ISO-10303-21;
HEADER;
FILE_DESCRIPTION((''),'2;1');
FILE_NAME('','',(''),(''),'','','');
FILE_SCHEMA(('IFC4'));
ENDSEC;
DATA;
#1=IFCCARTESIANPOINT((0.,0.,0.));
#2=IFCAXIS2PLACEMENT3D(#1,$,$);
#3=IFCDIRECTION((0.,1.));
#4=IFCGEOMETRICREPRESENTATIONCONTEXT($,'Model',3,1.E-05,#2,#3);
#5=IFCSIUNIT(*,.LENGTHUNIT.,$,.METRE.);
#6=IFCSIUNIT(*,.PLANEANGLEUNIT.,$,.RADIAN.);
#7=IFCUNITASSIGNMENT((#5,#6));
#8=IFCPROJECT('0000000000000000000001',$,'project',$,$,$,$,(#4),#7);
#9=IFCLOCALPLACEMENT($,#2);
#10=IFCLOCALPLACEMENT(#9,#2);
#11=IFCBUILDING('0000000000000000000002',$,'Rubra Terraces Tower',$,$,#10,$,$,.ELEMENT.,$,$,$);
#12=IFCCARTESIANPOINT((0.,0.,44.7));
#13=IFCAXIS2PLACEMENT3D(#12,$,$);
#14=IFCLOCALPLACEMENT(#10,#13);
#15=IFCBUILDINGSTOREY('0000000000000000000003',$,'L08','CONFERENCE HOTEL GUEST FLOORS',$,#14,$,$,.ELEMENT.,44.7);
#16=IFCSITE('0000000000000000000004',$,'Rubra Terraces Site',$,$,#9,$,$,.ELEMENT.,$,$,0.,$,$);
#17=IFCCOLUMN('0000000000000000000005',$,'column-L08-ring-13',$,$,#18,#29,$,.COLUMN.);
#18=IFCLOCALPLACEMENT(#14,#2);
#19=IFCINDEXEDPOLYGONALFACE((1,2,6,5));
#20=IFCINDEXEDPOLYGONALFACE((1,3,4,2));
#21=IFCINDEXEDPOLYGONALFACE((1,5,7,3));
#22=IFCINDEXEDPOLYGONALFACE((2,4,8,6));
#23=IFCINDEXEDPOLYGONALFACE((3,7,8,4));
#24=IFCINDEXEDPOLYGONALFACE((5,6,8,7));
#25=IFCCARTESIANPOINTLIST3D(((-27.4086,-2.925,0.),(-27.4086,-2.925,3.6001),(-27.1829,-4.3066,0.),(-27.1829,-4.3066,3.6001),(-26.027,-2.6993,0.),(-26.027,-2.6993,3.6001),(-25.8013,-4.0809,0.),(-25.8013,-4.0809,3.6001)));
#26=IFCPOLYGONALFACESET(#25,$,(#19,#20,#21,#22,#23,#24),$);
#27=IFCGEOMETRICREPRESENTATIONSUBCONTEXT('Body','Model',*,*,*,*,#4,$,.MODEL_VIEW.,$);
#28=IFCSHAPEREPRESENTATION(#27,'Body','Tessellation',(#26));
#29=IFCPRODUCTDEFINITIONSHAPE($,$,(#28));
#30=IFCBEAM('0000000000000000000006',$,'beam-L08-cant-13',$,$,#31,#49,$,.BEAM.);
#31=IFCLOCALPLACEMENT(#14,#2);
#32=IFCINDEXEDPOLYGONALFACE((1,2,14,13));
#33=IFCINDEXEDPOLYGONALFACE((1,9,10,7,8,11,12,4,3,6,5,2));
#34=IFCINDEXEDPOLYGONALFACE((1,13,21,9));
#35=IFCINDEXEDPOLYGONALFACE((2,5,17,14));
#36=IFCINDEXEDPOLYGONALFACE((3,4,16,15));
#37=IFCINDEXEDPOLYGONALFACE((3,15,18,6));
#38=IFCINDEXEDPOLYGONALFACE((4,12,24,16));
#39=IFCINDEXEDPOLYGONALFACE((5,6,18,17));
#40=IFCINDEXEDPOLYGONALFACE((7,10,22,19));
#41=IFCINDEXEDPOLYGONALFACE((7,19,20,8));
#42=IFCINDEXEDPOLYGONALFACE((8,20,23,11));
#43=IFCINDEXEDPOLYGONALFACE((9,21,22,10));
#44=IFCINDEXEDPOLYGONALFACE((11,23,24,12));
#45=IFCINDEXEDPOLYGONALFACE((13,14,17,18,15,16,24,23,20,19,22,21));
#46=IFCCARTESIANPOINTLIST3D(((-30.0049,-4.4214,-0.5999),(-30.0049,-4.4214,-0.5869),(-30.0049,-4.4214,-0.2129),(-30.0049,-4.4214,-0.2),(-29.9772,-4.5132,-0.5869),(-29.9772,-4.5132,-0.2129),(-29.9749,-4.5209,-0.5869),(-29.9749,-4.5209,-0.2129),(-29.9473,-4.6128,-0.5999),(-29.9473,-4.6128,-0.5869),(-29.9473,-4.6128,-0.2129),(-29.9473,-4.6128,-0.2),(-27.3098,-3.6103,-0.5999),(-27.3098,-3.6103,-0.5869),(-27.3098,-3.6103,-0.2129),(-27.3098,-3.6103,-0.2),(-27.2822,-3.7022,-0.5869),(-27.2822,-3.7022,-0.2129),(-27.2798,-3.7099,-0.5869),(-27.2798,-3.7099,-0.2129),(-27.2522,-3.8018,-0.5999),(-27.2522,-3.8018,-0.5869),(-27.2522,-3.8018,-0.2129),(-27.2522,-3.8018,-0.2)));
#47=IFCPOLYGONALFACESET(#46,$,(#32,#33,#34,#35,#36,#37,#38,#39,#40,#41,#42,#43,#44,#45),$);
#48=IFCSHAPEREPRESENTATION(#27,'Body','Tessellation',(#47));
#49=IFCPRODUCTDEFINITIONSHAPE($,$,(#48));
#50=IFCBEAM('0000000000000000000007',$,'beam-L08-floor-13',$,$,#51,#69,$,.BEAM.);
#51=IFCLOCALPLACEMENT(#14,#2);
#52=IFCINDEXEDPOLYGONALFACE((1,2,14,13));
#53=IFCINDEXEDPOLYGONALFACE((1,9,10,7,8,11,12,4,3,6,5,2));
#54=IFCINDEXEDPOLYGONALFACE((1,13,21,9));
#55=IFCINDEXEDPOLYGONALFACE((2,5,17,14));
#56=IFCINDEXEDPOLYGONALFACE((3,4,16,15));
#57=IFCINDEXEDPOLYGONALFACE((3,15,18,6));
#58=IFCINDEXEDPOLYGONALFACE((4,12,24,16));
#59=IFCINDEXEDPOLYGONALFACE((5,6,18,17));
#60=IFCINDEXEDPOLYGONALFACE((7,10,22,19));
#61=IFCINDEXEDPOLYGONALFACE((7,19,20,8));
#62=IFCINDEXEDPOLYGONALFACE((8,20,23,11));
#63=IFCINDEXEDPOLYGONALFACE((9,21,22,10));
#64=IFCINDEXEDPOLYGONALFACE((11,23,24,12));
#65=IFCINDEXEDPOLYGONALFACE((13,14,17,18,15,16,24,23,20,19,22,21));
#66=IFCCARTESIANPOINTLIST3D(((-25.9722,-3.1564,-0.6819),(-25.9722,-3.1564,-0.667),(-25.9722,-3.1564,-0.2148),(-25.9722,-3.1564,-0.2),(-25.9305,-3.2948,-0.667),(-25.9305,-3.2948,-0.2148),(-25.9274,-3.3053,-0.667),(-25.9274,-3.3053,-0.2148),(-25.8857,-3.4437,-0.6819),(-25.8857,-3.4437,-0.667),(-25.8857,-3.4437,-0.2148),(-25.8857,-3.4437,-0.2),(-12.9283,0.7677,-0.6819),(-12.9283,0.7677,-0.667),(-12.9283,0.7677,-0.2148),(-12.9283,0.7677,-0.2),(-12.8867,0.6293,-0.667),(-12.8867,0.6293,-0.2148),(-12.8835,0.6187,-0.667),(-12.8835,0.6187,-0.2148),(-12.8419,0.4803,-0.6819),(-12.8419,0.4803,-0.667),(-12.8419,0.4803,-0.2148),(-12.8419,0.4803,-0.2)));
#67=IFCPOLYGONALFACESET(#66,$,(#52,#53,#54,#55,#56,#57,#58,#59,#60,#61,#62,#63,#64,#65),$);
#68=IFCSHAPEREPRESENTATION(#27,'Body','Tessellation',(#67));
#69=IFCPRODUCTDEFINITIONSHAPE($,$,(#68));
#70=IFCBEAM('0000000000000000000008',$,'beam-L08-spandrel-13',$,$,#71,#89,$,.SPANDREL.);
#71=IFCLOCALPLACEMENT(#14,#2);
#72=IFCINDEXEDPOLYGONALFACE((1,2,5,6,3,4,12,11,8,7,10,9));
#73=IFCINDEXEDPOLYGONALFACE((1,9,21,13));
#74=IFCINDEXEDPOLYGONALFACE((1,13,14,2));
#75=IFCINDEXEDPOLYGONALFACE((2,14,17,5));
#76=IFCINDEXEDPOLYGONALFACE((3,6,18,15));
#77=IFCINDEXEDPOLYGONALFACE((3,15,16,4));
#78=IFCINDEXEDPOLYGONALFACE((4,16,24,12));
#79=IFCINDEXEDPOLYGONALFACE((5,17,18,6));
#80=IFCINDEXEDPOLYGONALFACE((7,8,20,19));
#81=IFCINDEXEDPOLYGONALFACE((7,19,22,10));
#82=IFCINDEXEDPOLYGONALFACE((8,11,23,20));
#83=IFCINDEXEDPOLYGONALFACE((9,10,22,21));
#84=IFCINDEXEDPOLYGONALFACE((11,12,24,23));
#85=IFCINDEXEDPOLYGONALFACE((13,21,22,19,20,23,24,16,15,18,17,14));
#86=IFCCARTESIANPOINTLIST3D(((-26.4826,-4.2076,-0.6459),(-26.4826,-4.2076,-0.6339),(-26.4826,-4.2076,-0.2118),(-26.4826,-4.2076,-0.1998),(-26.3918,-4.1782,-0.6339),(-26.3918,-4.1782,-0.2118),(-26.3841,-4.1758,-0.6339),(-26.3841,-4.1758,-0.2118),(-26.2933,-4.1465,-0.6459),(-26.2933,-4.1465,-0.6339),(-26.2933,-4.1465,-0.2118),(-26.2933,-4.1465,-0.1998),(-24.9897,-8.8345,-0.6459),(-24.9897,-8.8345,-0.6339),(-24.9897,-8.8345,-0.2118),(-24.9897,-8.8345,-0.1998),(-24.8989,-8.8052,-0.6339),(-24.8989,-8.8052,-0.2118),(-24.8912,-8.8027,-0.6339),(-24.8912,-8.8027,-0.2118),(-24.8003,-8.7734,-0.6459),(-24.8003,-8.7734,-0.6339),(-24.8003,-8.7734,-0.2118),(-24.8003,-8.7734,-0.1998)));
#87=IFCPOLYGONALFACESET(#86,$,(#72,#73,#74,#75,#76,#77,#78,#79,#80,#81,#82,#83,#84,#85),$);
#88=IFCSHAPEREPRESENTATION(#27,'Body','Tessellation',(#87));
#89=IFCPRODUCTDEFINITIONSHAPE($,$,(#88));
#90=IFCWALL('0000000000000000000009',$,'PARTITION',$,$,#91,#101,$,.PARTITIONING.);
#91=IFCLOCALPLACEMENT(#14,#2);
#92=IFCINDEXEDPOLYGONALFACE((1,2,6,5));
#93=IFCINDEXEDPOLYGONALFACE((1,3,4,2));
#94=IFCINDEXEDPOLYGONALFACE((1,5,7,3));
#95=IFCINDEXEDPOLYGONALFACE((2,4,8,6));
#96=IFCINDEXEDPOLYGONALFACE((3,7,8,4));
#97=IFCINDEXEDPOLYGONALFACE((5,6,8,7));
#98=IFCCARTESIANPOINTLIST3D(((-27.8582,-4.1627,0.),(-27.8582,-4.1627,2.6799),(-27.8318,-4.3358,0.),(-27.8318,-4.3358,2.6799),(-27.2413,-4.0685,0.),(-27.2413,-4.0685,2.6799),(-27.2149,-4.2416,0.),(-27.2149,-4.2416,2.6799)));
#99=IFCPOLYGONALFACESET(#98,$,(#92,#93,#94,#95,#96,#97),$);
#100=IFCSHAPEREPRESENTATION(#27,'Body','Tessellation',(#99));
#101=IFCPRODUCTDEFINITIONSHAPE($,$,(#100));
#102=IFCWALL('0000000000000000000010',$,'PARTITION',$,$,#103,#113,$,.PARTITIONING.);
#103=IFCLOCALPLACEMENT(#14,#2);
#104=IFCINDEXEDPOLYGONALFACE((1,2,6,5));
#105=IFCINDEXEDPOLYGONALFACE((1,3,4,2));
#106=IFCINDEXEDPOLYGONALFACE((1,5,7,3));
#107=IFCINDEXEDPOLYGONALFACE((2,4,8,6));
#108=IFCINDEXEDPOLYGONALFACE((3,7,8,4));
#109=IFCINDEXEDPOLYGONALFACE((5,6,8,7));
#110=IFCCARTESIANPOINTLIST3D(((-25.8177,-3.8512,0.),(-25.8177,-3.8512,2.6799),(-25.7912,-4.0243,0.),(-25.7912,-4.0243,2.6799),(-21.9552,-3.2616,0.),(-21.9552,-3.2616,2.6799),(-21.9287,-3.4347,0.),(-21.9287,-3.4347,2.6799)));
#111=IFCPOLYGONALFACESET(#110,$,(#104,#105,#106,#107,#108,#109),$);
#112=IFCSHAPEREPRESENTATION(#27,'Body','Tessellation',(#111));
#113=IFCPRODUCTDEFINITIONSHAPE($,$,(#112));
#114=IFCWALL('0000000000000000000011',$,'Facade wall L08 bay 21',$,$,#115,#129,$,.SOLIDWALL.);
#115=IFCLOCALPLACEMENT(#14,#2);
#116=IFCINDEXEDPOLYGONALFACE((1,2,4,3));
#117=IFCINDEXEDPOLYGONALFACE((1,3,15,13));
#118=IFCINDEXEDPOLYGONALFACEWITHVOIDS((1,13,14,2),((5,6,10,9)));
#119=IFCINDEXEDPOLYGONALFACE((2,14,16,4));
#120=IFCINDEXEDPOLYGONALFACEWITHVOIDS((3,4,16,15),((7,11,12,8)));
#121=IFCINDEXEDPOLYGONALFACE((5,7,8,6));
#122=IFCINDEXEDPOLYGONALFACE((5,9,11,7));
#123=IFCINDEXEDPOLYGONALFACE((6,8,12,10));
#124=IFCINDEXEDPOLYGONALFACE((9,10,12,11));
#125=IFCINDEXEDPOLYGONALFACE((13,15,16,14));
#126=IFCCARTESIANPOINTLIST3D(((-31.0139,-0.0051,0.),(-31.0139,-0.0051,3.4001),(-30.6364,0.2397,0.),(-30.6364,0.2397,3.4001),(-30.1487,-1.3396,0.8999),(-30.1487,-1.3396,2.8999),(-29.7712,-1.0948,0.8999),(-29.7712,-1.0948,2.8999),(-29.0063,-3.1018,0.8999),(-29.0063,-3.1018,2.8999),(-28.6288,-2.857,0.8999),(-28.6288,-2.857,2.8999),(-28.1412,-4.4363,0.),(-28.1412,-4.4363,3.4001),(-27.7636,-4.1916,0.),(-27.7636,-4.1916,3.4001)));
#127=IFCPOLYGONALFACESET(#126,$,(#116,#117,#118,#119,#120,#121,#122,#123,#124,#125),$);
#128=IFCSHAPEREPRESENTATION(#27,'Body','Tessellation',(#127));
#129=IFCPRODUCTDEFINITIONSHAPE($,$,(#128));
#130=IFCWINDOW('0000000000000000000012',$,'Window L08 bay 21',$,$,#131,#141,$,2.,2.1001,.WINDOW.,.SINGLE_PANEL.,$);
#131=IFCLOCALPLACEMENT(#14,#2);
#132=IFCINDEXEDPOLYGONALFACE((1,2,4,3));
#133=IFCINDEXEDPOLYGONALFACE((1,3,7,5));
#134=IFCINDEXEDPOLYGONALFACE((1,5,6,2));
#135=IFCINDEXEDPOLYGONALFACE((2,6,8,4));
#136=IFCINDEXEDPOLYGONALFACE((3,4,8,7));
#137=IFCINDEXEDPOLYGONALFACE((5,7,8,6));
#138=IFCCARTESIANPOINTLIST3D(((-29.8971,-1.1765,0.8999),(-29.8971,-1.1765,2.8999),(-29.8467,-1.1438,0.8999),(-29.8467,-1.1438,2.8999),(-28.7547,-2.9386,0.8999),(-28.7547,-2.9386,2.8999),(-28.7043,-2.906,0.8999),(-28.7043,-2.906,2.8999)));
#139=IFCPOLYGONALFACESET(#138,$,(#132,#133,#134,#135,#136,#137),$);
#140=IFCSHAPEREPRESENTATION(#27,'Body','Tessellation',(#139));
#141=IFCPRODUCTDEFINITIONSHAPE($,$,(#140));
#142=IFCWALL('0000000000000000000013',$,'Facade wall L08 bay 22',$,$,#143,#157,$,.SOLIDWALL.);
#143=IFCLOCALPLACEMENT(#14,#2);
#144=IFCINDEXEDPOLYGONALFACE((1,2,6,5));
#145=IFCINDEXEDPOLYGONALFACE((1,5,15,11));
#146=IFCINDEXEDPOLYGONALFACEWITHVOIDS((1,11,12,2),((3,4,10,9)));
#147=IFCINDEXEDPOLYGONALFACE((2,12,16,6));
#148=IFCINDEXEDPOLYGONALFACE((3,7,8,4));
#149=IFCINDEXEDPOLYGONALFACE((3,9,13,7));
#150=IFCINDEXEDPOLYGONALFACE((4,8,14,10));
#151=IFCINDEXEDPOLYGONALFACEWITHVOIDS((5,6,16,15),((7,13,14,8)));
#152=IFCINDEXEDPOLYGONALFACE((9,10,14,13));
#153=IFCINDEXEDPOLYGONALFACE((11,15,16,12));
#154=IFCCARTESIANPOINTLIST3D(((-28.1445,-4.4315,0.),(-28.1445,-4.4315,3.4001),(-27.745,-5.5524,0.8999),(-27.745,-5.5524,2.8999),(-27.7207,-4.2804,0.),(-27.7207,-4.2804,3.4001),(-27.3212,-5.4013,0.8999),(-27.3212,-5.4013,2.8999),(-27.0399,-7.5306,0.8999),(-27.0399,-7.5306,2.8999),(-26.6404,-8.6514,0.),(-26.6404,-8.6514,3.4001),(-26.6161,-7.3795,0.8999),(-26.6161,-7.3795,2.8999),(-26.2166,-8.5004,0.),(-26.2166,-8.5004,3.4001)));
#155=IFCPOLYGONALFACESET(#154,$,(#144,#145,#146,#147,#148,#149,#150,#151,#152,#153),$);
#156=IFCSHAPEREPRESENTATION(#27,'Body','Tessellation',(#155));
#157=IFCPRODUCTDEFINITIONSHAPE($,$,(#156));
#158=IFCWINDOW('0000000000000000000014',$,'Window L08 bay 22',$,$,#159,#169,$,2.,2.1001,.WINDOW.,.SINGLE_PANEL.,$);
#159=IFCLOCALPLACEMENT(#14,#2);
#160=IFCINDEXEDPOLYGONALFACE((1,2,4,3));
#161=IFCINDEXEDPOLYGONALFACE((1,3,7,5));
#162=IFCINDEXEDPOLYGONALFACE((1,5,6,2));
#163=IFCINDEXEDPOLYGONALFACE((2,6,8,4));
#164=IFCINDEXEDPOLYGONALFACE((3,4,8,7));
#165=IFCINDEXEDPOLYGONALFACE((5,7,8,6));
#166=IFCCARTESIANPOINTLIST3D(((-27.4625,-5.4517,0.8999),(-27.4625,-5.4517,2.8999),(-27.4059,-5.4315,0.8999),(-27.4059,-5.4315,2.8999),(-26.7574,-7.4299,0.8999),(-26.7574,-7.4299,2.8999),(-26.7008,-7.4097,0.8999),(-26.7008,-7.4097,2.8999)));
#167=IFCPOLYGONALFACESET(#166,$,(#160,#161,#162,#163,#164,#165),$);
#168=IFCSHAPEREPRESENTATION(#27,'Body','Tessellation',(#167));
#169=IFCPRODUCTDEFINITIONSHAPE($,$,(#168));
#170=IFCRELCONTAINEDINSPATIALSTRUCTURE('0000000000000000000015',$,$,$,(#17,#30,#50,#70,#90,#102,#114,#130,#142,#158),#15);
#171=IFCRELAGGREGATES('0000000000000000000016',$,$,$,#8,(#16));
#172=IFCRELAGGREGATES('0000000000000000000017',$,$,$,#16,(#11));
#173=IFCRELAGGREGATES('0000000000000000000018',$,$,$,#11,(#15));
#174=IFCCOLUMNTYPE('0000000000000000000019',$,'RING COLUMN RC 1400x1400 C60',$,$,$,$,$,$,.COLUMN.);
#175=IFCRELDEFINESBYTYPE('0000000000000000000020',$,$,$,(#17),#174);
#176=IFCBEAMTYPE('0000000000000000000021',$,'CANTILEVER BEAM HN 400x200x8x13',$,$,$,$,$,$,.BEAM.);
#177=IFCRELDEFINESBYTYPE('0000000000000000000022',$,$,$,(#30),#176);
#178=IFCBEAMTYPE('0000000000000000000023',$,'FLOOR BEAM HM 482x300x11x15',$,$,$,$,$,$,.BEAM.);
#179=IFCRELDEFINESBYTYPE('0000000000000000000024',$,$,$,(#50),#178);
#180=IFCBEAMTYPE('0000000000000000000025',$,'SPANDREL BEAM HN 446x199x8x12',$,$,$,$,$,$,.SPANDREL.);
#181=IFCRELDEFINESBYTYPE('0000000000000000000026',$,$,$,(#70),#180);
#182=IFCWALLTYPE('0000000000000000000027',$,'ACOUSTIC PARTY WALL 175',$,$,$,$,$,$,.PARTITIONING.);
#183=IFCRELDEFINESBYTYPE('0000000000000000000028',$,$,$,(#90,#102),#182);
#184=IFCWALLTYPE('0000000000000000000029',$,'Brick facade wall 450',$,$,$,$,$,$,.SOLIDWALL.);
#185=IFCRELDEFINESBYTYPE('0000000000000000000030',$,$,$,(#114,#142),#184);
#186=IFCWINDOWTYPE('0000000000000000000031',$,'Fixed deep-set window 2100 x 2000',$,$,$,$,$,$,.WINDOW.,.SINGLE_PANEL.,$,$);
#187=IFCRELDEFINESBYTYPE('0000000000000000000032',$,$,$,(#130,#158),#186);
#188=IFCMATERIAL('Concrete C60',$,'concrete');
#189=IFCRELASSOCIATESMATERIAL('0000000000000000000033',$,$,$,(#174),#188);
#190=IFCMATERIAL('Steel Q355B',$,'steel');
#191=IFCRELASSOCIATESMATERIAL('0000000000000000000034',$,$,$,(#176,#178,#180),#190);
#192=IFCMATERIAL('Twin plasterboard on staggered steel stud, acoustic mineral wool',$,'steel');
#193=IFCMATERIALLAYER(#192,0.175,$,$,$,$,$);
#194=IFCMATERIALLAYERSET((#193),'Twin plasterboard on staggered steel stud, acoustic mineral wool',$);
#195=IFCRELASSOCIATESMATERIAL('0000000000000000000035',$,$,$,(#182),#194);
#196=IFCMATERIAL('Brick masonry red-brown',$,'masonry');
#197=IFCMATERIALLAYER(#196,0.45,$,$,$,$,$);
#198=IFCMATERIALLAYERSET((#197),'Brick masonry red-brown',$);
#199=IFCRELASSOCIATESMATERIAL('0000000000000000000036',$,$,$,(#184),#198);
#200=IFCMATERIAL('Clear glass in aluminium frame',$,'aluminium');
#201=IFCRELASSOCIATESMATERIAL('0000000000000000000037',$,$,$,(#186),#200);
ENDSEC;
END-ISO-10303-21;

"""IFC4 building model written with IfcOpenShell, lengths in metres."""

from ifc_helpers import new_model, si_unit, direction, frame, frame_2d, origin, origin_2d, place, context, subcontext, project, spatial, rectangle, i_section, extrude, material, layer, layer_set, material_profile, profile_set, type_object, element, fill, save


model = new_model("IFC4")

# Units and contexts
model_context = context("Model", 3, precision=1e-05, world=origin(), true_north=direction((0.0, 1.0)))
body_context = subcontext(model_context, "Body", "Model", "MODEL_VIEW")
ifc_project = project(units=[si_unit("LENGTHUNIT", "METRE"), si_unit("PLANEANGLEUNIT", "RADIAN")], contexts=[model_context])

# Site, building, storey
site_placement = place(None, origin())
site = spatial("IfcSite", under=ifc_project, at=site_placement, Name="Rubra Terraces Site", CompositionType="ELEMENT", RefElevation=0.0)
building_placement = place(site_placement, origin())
building = spatial("IfcBuilding", under=site, at=building_placement, Name="Rubra Terraces Tower", CompositionType="ELEMENT")
storey_placement = place(building_placement, frame((0.0, 0.0, 44.7)))
storey = spatial("IfcBuildingStorey", under=building, at=storey_placement, Name="L08", Description="CONFERENCE HOTEL GUEST FLOORS", CompositionType="ELEMENT", Elevation=44.7)

# Column
ifc_material_1 = material(Name="Concrete C60", Category="concrete")
ifc_material_profile_1 = material_profile(ifc_material_1, rectangle(XDim=1.3999, YDim=1.3999, at=origin_2d()), Name="RC 1400x1400")
ifc_profile_set_1 = profile_set([ifc_material_profile_1], Name="Concrete C60")
column_type = type_object("IfcColumnType", Name="RING COLUMN RC 1400x1400 C60", PredefinedType="COLUMN", material=ifc_profile_set_1)
column_placement = place(storey_placement, frame((-26.605, -3.5029, 0.0), z_axis=(0.0, 0.0, 1.0), x_axis=(0.161234, -0.986916, 0.0)))
element("IfcColumn", 1, at=column_placement, inside=storey, type_object=column_type, Name="column-L08-ring-13", PredefinedType="COLUMN", context=body_context, shape_type="SweptSolid", body=[
    extrude(rectangle(XDim=1.3999, YDim=1.3999, at=origin_2d()), origin(), (0.0, 0.0, 1.0), 3.6001),
])

# Beams
ifc_material_2 = material(Name="Steel Q355B", Category="steel")
ifc_material_profile_2 = material_profile(ifc_material_2, i_section(OverallWidth=0.2, OverallDepth=0.3999, WebThickness=0.0081, FlangeThickness=0.0129, at=origin_2d()), Name="HN 400x200x8x13")
ifc_profile_set_2 = profile_set([ifc_material_profile_2], Name="Steel Q355B")
beam_type_1 = type_object("IfcBeamType", Name="CANTILEVER BEAM HN 400x200x8x13", PredefinedType="BEAM", material=ifc_profile_set_2)
beam_1_placement = place(storey_placement, frame((-27.281, -3.7061, -0.3999), z_axis=(-0.95758, -0.288167, 0.0), x_axis=(0.288167, -0.95758, 0.0)))
element("IfcBeam", 2, at=beam_1_placement, inside=storey, type_object=beam_type_1, Name="beam-L08-cant-13", PredefinedType="BEAM", context=body_context, shape_type="SweptSolid", body=[
    extrude(i_section(OverallWidth=0.2, OverallDepth=0.3999, WebThickness=0.0081, FlangeThickness=0.0129, at=origin_2d()), origin(), (0.0, 0.0, 1.0), 2.8145),
])
ifc_material_profile_3 = material_profile(ifc_material_2, i_section(OverallWidth=0.3, OverallDepth=0.4819, WebThickness=0.011, FlangeThickness=0.0149, at=origin_2d()), Name="HM 482x300x11x15")
ifc_profile_set_3 = profile_set([ifc_material_profile_3], Name="Steel Q355B")
beam_type_2 = type_object("IfcBeamType", Name="FLOOR BEAM HM 482x300x11x15", PredefinedType="BEAM", material=ifc_profile_set_3)
beam_2_placement = place(storey_placement, frame((-25.929, -3.3, -0.4409), z_axis=(0.957606, 0.288081, 0.0), x_axis=(-0.288081, 0.957606, 0.0)))
element("IfcBeam", 3, at=beam_2_placement, inside=storey, type_object=beam_type_2, Name="beam-L08-floor-13", PredefinedType="BEAM", context=body_context, shape_type="SweptSolid", body=[
    extrude(i_section(OverallWidth=0.3, OverallDepth=0.4819, WebThickness=0.011, FlangeThickness=0.0149, at=origin_2d()), origin(), (0.0, 0.0, 1.0), 13.6213),
])
ifc_material_profile_4 = material_profile(ifc_material_2, i_section(OverallWidth=0.199, OverallDepth=0.446, WebThickness=0.0081, FlangeThickness=0.012, at=origin_2d()), Name="HN 446x199x8x12")
ifc_profile_set_4 = profile_set([ifc_material_profile_4], Name="Steel Q355B")
beam_type_3 = type_object("IfcBeamType", Name="SPANDREL BEAM HN 446x199x8x12", PredefinedType="SPANDREL", material=ifc_profile_set_4)
beam_3_placement = place(storey_placement, frame((-26.3879, -4.177, -0.4229), z_axis=(0.307069, -0.951687, 0.0), x_axis=(0.951687, 0.307069, 0.0)))
element("IfcBeam", 4, at=beam_3_placement, inside=storey, type_object=beam_type_3, Name="beam-L08-spandrel-13", PredefinedType="SPANDREL", context=body_context, shape_type="SweptSolid", body=[
    extrude(i_section(OverallWidth=0.199, OverallDepth=0.446, WebThickness=0.0081, FlangeThickness=0.012, at=origin_2d()), origin(), (0.0, 0.0, 1.0), 4.8618),
])

# Walls
ifc_material_3 = material(Name="Twin plasterboard on staggered steel stud, acoustic mineral wool", Category="steel")
ifc_layer_1 = layer(ifc_material_3, 0.175)
ifc_layer_set_1 = layer_set([ifc_layer_1], Name="Twin plasterboard on staggered steel stud, acoustic mineral wool")
wall_type_1 = type_object("IfcWallType", Name="ACOUSTIC PARTY WALL 175", PredefinedType="PARTITIONING", material=ifc_layer_set_1)
wall_1_placement = place(storey_placement, frame((-27.845, -4.2493, 0.0), z_axis=(0.0, 0.0, 1.0), x_axis=(0.988534, 0.150999, 0.0)))
element("IfcWall", 5, at=wall_1_placement, inside=storey, type_object=wall_type_1, Name="PARTITION", PredefinedType="PARTITIONING", context=body_context, shape_type="SweptSolid", body=[
    extrude(rectangle(XDim=0.624, YDim=0.175, at=frame_2d((0.312, 0.0))), origin(), (0.0, 0.0, 1.0), 2.6799),
])
wall_2_placement = place(storey_placement, frame((-25.8044, -3.9377, 0.0), z_axis=(0.0, 0.0, 1.0), x_axis=(0.988549, 0.150897, 0.0)))
element("IfcWall", 6, at=wall_2_placement, inside=storey, type_object=wall_type_1, Name="PARTITION", PredefinedType="PARTITIONING", context=body_context, shape_type="SweptSolid", body=[
    extrude(rectangle(XDim=3.9072, YDim=0.175, at=frame_2d((1.9536, 0.0))), origin(), (0.0, 0.0, 1.0), 2.6799),
])

# Walls, openings, windows
ifc_material_4 = material(Name="Brick masonry red-brown", Category="masonry")
ifc_layer_2 = layer(ifc_material_4, 0.45)
ifc_layer_set_2 = layer_set([ifc_layer_2], Name="Brick masonry red-brown")
wall_type_2 = type_object("IfcWallType", Name="Brick facade wall 450", PredefinedType="SOLIDWALL", material=ifc_layer_set_2)
wall_3_placement = place(storey_placement, frame((-30.8252, 0.1174, 0.0), z_axis=(0.0, 0.0, 1.0), x_axis=(0.543976, -0.839101, 0.0)))
wall_3 = element("IfcWall", 7, at=wall_3_placement, inside=storey, type_object=wall_type_2, Name="Facade wall L08 bay 21", PredefinedType="SOLIDWALL", context=body_context, shape_type="SweptSolid", body=[
    extrude(rectangle(XDim=5.281, YDim=0.45, at=frame_2d((2.6406, 0.0))), origin(), (0.0, 0.0, 1.0), 3.4001),
])
opening_1_placement = place(wall_3_placement, frame((1.5906, 0.0, 0.8999)))
opening_1 = element("IfcOpeningElement", 8, at=opening_1_placement, cuts=wall_3, PredefinedType="OPENING", context=body_context, shape_type="SweptSolid", body=[
    extrude(rectangle(XDim=2.1001, YDim=2.0, at=frame_2d((1.05, 1.0))), frame((0.0, 0.2349, 0.0), z_axis=(0.0, -1.0, 0.0), x_axis=(1.0, 0.0, 0.0)), (0.0, 0.0, 1.0), 0.47),
])
ifc_material_5 = material(Name="Clear glass in aluminium frame", Category="aluminium")
window_type = type_object("IfcWindowType", Name="Fixed deep-set window 2100 x 2000", PartitioningType="SINGLE_PANEL", PredefinedType="WINDOW", material=ifc_material_5)
window_1_placement = place(opening_1_placement, origin())
window_1 = element("IfcWindow", 9, at=window_1_placement, inside=storey, type_object=window_type, Name="Window L08 bay 21", OverallHeight=2.0, OverallWidth=2.1001, PartitioningType="SINGLE_PANEL", PredefinedType="WINDOW", context=body_context, shape_type="SweptSolid", body=[
    extrude(rectangle(XDim=2.1001, YDim=2.0, at=frame_2d((1.05, 1.0))), frame((0.0, 0.135, 0.0), z_axis=(0.0, -1.0, 0.0), x_axis=(1.0, 0.0, 0.0)), (0.0, 0.0, 1.0), 0.0601),
])
fill(opening_1, window_1)
wall_4_placement = place(storey_placement, frame((-27.9326, -4.356, 0.0), z_axis=(0.0, 0.0, 1.0), x_axis=(0.335746, -0.941953, 0.0)))
wall_4 = element("IfcWall", 10, at=wall_4_placement, inside=storey, type_object=wall_type_2, Name="Facade wall L08 bay 22", PredefinedType="SOLIDWALL", context=body_context, shape_type="SweptSolid", body=[
    extrude(rectangle(XDim=4.48, YDim=0.45, at=frame_2d((2.24, 0.0))), origin(), (0.0, 0.0, 1.0), 3.4001),
])
opening_2_placement = place(wall_4_placement, frame((1.1899, 0.0, 0.8999)))
opening_2 = element("IfcOpeningElement", 11, at=opening_2_placement, cuts=wall_4, PredefinedType="OPENING", context=body_context, shape_type="SweptSolid", body=[
    extrude(rectangle(XDim=2.1001, YDim=2.0, at=frame_2d((1.05, 1.0))), frame((0.0, 0.2349, 0.0), z_axis=(0.0, -1.0, 0.0), x_axis=(1.0, 0.0, 0.0)), (0.0, 0.0, 1.0), 0.47),
])
window_2_placement = place(opening_2_placement, origin())
window_2 = element("IfcWindow", 12, at=window_2_placement, inside=storey, type_object=window_type, Name="Window L08 bay 22", OverallHeight=2.0, OverallWidth=2.1001, PartitioningType="SINGLE_PANEL", PredefinedType="WINDOW", context=body_context, shape_type="SweptSolid", body=[
    extrude(rectangle(XDim=2.1001, YDim=2.0, at=frame_2d((1.05, 1.0))), frame((0.0, 0.135, 0.0), z_axis=(0.0, -1.0, 0.0), x_axis=(1.0, 0.0, 0.0)), (0.0, 0.0, 1.0), 0.0601),
])
fill(opening_2, window_2)

save(model, "model.ifc")
